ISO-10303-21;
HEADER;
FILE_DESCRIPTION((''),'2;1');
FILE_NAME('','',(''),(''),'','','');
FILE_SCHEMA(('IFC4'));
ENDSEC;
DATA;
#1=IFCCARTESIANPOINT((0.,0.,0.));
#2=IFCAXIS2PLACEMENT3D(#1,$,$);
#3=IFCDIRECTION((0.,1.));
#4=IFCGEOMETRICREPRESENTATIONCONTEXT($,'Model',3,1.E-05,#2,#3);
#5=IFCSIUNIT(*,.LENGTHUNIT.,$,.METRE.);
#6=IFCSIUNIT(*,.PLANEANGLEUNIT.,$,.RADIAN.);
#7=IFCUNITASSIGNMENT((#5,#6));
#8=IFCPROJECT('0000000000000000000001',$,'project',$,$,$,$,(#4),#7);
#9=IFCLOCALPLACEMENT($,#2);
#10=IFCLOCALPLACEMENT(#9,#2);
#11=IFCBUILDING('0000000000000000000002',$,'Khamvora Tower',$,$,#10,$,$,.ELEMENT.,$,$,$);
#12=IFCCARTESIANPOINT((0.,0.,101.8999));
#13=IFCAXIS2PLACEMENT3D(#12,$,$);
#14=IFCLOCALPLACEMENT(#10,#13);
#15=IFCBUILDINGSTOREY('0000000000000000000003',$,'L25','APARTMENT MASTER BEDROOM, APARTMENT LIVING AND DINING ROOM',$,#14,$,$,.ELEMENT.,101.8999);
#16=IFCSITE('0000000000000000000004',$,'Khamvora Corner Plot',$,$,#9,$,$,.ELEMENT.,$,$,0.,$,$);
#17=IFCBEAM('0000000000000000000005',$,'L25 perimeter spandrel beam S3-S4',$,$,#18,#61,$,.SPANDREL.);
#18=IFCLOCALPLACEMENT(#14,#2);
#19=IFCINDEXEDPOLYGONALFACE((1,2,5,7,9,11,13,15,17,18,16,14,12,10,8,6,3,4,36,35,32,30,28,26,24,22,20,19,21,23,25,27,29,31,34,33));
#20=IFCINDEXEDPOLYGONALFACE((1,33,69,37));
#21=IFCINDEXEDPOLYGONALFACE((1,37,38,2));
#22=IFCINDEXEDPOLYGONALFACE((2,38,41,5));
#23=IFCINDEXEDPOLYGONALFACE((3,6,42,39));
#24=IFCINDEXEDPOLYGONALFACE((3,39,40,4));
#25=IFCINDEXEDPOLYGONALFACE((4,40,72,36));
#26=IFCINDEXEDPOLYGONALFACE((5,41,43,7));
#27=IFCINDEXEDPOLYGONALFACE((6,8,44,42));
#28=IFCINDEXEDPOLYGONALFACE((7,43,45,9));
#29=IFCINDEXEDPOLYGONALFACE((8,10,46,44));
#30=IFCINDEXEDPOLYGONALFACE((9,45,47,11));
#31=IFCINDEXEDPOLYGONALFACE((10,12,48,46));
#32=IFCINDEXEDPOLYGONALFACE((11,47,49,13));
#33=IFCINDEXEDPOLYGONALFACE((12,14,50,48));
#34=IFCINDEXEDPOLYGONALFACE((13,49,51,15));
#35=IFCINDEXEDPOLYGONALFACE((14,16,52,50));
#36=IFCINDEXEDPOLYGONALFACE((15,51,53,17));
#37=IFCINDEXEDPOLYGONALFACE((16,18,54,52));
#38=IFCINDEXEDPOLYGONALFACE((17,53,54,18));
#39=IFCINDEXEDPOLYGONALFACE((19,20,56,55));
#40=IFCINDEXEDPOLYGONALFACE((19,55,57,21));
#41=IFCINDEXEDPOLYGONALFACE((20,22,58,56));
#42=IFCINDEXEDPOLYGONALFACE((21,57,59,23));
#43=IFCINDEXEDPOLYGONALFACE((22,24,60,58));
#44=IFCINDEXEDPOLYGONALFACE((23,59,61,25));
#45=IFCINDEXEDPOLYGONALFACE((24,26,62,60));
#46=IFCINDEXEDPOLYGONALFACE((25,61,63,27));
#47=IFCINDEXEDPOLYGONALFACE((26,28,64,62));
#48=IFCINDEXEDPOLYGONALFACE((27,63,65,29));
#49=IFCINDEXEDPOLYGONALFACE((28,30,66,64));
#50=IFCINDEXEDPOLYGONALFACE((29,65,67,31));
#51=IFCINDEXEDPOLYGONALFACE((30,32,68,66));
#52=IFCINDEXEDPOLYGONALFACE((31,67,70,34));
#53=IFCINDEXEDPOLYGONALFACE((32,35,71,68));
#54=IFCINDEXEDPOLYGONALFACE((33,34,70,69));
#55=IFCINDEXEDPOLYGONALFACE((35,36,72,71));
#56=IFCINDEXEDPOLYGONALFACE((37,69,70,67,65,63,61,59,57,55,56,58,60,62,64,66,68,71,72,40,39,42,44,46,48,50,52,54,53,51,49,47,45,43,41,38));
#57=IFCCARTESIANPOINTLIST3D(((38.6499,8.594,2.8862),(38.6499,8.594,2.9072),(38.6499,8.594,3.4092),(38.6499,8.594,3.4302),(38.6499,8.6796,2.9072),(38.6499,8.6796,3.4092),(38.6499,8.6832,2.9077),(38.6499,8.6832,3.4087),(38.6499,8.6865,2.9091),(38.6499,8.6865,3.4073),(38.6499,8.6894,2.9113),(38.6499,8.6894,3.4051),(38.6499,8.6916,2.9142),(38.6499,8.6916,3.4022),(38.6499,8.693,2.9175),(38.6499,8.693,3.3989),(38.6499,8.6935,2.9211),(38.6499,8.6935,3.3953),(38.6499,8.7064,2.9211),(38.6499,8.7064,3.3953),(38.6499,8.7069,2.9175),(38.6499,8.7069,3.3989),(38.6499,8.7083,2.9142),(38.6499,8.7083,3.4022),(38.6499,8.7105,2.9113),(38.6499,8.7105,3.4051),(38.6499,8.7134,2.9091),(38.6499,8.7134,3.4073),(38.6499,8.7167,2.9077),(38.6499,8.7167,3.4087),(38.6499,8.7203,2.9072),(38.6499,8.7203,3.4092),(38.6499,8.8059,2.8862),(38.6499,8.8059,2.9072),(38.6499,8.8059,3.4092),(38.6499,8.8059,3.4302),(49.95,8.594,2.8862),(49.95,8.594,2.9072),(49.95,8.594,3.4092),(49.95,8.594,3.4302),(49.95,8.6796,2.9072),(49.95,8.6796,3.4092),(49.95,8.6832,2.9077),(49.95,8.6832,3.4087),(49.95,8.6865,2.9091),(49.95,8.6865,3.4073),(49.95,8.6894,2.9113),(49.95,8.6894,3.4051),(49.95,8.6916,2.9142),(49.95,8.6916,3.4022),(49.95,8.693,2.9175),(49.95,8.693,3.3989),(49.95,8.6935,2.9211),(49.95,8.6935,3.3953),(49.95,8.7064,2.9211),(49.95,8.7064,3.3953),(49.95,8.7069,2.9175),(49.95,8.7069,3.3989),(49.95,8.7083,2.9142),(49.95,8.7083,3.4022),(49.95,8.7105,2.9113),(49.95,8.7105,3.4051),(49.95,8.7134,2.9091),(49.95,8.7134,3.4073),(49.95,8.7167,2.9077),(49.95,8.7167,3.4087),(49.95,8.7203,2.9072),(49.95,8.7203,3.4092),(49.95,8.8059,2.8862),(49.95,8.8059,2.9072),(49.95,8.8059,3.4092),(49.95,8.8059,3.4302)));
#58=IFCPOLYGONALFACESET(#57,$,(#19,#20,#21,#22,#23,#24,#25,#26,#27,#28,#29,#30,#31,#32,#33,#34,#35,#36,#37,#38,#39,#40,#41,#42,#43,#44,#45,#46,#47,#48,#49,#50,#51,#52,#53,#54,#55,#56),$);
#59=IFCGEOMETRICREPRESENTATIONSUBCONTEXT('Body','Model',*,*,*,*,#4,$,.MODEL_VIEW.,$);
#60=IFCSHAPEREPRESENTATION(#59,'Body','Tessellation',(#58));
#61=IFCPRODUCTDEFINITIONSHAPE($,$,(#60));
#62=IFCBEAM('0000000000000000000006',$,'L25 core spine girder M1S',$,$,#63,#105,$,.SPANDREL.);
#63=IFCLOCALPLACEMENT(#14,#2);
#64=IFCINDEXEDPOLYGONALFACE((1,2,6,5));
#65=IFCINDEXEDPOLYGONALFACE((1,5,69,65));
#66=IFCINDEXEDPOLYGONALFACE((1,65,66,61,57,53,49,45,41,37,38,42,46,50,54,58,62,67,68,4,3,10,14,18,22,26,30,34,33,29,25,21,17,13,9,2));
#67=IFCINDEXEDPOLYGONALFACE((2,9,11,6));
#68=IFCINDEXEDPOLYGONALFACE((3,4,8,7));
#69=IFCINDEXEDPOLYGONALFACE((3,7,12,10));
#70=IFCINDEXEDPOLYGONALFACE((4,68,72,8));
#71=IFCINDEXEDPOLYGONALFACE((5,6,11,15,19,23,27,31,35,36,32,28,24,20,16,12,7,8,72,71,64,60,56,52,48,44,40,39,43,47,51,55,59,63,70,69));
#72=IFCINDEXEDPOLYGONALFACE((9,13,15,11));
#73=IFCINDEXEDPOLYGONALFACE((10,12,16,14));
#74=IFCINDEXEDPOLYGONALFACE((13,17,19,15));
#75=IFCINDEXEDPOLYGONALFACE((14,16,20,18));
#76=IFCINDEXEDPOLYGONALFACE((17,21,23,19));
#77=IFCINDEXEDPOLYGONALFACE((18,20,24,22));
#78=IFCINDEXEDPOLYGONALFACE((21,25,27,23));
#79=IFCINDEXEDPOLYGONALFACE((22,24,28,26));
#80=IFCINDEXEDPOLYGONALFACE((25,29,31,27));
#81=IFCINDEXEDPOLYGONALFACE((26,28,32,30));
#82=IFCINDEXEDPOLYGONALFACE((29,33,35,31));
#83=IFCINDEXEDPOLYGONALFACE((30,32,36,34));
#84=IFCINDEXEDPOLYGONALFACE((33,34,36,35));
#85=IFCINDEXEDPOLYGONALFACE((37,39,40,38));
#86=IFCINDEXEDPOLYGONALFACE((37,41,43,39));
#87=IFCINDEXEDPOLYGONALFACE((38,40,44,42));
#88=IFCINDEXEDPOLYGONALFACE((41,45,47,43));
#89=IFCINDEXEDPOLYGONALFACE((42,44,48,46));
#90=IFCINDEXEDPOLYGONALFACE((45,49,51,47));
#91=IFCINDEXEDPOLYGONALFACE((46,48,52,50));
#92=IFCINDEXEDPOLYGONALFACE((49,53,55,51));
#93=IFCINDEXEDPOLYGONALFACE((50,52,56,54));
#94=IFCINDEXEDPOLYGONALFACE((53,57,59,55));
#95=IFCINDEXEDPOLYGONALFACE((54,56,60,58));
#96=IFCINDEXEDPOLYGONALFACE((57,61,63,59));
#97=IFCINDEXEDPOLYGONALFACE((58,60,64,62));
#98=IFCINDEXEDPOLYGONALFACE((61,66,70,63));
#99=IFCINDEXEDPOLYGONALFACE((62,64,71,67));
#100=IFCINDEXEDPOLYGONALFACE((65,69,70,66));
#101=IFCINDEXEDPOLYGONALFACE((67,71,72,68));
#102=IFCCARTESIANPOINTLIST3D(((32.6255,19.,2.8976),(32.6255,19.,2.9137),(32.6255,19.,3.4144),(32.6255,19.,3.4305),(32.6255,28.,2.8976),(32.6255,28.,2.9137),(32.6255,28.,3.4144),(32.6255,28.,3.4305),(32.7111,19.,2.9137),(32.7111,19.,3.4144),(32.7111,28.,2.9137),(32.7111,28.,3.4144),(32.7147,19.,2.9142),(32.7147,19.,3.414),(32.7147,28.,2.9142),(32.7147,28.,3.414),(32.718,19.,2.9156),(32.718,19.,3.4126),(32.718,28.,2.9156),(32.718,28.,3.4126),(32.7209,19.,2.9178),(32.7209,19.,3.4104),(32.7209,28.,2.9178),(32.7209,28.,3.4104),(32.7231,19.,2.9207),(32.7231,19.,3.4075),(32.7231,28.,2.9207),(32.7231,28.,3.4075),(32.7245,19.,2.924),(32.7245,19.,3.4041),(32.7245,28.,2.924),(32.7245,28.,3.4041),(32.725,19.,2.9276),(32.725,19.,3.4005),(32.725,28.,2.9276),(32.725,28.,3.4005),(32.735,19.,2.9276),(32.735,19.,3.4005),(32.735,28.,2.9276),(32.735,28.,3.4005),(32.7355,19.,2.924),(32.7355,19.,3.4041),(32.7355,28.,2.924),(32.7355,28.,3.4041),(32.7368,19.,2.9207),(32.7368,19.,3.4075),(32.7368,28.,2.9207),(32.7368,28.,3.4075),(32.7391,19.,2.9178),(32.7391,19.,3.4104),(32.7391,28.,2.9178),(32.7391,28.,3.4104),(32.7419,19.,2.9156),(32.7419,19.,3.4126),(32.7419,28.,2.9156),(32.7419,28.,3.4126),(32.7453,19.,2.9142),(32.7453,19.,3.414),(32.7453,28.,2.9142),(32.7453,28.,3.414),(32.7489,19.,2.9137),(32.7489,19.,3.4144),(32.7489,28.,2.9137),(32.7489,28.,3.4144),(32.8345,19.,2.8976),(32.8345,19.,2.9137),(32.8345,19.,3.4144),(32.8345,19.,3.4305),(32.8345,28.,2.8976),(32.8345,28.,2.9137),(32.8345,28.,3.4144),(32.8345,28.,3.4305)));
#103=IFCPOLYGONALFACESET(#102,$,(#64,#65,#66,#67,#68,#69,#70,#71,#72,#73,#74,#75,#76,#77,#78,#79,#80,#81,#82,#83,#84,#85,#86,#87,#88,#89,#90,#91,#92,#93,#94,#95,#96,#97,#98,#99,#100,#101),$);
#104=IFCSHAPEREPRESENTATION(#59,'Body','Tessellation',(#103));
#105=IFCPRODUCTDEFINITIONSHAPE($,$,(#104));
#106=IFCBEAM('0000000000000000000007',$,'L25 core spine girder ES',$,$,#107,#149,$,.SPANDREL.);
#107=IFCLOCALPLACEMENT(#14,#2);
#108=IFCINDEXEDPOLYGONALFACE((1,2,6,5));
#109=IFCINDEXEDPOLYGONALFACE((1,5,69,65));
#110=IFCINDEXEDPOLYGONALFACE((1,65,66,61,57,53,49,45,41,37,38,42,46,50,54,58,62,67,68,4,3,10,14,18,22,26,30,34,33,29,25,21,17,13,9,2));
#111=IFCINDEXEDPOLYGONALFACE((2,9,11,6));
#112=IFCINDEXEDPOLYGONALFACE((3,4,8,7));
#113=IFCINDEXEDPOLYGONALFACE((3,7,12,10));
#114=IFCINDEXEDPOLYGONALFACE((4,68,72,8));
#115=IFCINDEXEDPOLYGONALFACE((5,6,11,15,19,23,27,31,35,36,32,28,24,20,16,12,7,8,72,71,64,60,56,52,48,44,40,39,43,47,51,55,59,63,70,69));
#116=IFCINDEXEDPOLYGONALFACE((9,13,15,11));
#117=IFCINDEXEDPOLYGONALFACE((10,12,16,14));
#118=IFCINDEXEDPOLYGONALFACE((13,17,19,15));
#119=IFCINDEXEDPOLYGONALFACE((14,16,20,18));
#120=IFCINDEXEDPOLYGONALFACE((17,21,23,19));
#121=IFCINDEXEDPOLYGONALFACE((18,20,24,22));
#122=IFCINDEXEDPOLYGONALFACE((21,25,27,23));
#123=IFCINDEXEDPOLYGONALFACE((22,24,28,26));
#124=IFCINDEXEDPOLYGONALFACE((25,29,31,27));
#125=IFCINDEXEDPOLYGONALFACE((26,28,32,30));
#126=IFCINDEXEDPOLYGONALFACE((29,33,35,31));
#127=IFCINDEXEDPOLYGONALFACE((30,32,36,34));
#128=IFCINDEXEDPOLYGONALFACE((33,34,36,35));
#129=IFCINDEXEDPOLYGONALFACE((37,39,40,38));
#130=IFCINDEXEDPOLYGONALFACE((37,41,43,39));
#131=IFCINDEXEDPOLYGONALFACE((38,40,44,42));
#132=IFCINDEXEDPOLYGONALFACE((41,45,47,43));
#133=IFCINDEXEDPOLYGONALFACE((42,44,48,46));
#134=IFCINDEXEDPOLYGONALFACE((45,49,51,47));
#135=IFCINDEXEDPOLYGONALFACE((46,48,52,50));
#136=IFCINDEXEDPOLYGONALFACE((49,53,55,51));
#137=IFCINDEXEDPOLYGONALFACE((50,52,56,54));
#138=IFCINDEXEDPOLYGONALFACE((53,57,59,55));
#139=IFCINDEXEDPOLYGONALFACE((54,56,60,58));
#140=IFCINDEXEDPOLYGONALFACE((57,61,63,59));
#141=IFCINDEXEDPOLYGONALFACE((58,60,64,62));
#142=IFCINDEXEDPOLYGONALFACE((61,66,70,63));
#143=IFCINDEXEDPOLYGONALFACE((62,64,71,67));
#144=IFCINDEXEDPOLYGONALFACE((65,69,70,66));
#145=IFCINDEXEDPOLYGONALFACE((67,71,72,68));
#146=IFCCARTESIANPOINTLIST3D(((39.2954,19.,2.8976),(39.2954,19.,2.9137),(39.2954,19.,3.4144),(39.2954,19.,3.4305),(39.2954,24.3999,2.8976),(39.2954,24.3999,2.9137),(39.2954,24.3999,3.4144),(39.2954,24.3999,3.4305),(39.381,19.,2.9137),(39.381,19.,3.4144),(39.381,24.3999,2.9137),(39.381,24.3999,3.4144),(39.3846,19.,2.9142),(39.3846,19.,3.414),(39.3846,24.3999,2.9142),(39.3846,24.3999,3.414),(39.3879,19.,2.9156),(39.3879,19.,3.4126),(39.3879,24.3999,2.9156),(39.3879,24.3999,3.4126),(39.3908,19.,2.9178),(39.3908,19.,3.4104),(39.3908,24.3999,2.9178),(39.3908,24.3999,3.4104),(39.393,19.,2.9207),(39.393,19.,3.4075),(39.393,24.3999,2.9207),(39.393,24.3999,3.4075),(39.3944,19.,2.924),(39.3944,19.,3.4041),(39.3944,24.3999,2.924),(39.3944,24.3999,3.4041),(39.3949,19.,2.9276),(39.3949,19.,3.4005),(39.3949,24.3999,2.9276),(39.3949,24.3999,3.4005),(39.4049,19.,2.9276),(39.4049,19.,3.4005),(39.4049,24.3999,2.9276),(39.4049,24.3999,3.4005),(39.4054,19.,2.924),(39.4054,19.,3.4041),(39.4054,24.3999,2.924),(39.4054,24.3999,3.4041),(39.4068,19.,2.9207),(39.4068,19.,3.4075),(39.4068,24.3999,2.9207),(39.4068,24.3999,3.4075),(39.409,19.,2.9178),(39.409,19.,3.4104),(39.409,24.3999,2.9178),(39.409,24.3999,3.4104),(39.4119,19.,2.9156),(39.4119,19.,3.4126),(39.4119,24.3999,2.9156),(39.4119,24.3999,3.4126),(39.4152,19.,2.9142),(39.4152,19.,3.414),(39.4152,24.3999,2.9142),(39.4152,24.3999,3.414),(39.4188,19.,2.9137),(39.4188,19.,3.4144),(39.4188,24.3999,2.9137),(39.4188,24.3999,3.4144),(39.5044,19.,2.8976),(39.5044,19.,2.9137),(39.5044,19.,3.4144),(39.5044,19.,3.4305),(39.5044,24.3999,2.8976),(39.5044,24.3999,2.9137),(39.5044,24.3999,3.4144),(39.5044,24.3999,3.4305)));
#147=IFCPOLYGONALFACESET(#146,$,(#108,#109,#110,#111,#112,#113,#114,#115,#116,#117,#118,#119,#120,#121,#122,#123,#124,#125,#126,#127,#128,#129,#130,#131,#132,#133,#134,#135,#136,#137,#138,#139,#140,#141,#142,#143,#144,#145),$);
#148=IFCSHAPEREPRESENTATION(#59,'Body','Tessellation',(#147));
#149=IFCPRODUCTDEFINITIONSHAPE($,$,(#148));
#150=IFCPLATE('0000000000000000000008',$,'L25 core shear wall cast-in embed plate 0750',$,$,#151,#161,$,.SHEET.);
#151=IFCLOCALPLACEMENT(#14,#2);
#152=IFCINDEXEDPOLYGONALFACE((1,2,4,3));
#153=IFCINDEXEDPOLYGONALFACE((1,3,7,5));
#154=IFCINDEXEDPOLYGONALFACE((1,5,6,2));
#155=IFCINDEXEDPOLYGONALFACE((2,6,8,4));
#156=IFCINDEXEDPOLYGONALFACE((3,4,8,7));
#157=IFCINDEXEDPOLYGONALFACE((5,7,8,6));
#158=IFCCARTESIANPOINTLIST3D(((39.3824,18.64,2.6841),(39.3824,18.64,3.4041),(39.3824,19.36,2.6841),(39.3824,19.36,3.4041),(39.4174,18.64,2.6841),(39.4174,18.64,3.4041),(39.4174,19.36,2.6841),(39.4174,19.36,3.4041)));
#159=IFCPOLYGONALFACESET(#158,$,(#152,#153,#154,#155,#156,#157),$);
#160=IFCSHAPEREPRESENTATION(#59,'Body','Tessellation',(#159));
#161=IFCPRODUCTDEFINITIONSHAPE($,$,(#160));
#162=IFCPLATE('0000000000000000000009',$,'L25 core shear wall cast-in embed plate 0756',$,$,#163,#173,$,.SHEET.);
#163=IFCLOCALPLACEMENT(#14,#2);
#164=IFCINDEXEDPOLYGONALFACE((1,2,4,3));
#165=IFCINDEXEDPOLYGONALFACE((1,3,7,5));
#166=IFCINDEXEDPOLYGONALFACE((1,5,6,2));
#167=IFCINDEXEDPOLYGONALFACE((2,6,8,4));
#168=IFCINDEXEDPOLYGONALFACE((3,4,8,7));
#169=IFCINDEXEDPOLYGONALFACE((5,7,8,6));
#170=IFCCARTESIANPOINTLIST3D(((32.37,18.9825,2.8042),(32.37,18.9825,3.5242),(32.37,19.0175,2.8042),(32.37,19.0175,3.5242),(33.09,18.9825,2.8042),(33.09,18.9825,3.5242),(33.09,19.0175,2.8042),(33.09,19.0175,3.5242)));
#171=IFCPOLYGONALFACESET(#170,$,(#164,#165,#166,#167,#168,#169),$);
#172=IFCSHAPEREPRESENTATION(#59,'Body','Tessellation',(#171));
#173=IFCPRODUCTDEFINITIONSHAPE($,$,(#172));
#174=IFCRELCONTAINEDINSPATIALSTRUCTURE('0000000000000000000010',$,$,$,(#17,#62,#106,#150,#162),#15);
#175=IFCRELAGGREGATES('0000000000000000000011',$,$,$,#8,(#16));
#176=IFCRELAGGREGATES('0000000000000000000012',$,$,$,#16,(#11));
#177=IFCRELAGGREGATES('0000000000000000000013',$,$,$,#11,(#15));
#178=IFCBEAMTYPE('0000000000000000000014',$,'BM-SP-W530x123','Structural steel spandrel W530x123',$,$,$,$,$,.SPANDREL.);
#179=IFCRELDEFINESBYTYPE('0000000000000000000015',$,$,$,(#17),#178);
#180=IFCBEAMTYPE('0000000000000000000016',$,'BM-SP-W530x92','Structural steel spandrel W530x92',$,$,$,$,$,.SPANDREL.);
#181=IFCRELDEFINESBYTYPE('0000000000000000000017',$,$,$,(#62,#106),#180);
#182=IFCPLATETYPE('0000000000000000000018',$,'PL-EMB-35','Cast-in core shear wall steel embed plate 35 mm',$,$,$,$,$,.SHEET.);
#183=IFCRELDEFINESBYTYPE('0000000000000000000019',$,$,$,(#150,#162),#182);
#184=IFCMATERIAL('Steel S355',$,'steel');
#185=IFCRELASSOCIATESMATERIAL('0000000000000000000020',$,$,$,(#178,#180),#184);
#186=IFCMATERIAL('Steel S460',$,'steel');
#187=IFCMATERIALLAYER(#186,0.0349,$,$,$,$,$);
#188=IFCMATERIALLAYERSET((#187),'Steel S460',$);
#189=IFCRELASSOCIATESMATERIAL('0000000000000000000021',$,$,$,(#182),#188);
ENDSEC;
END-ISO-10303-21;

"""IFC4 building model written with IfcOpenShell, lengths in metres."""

from ifc_helpers import new_model, si_unit, direction, frame, origin, origin_2d, place, context, subcontext, project, spatial, rectangle, i_section, extrude, material, layer, layer_set, material_profile, profile_set, type_object, element, save


model = new_model("IFC4")

# Units and contexts
model_context = context("Model", 3, precision=1e-05, world=origin(), true_north=direction((0.0, 1.0)))
body_context = subcontext(model_context, "Body", "Model", "MODEL_VIEW")
ifc_project = project(units=[si_unit("LENGTHUNIT", "METRE"), si_unit("PLANEANGLEUNIT", "RADIAN")], contexts=[model_context])

# Site, building, storey
site_placement = place(None, origin())
site = spatial("IfcSite", under=ifc_project, at=site_placement, Name="Khamvora Corner Plot", CompositionType="ELEMENT", RefElevation=0.0)
building_placement = place(site_placement, origin())
building = spatial("IfcBuilding", under=site, at=building_placement, Name="Khamvora Tower", CompositionType="ELEMENT")
storey_placement = place(building_placement, frame((0.0, 0.0, 101.8999)))
storey = spatial("IfcBuildingStorey", under=building, at=storey_placement, Name="L25", Description="APARTMENT MASTER BEDROOM, APARTMENT LIVING AND DINING ROOM", CompositionType="ELEMENT", Elevation=101.8999)

# Shared definitions
ifc_material_1 = material(Name="Steel S355", Category="steel")
ifc_material_2 = material(Name="Steel S460", Category="steel")

# Beams
ifc_material_profile_1 = material_profile(ifc_material_1, i_section(OverallWidth=0.2119, OverallDepth=0.5439, WebThickness=0.0129, FlangeThickness=0.021, FilletRadius=0.0139, at=origin_2d()), Name="W530x123")
ifc_profile_set_1 = profile_set([ifc_material_profile_1], Name="Steel S355")
beam_type_1 = type_object("IfcBeamType", Name="BM-SP-W530x123", Description="Structural steel spandrel W530x123", PredefinedType="SPANDREL", material=ifc_profile_set_1)
beam_1_placement = place(storey_placement, frame((38.6499, 8.7, 3.1582), z_axis=(1.0, 0.0, 0.0), x_axis=(0.0, 1.0, 0.0)))
element("IfcBeam", 1, at=beam_1_placement, inside=storey, type_object=beam_type_1, Name="L25 perimeter spandrel beam S3-S4", PredefinedType="SPANDREL", context=body_context, shape_type="SweptSolid", body=[
    extrude(i_section(OverallWidth=0.2119, OverallDepth=0.5439, WebThickness=0.0129, FlangeThickness=0.021, FilletRadius=0.0139, at=origin_2d()), origin(), (0.0, 0.0, 1.0), 11.3),
])
ifc_material_profile_2 = material_profile(ifc_material_1, i_section(OverallWidth=0.209, OverallDepth=0.533, WebThickness=0.01, FlangeThickness=0.0161, FilletRadius=0.0139, at=origin_2d()), Name="W530x92")
ifc_profile_set_2 = profile_set([ifc_material_profile_2], Name="Steel S355")
beam_type_2 = type_object("IfcBeamType", Name="BM-SP-W530x92", Description="Structural steel spandrel W530x92", PredefinedType="SPANDREL", material=ifc_profile_set_2)
beam_2_placement = place(storey_placement, frame((32.73, 19.0, 3.1641), z_axis=(0.0, 1.0, 0.0), x_axis=(-1.0, 0.0, 0.0)))
element("IfcBeam", 2, at=beam_2_placement, inside=storey, type_object=beam_type_2, Name="L25 core spine girder M1S", PredefinedType="SPANDREL", context=body_context, shape_type="SweptSolid", body=[
    extrude(i_section(OverallWidth=0.209, OverallDepth=0.533, WebThickness=0.01, FlangeThickness=0.0161, FilletRadius=0.0139, at=origin_2d()), origin(), (0.0, 0.0, 1.0), 9.0),
])
beam_3_placement = place(storey_placement, frame((39.3999, 19.0, 3.1641), z_axis=(0.0, 1.0, 0.0), x_axis=(-1.0, 0.0, 0.0)))
element("IfcBeam", 3, at=beam_3_placement, inside=storey, type_object=beam_type_2, Name="L25 core spine girder ES", PredefinedType="SPANDREL", context=body_context, shape_type="SweptSolid", body=[
    extrude(i_section(OverallWidth=0.209, OverallDepth=0.533, WebThickness=0.01, FlangeThickness=0.0161, FilletRadius=0.0139, at=origin_2d()), origin(), (0.0, 0.0, 1.0), 5.3999),
])

# Plates
ifc_layer_1 = layer(ifc_material_2, 0.0349)
ifc_layer_set_1 = layer_set([ifc_layer_1], Name="Steel S460")
plate_type = type_object("IfcPlateType", Name="PL-EMB-35", Description="Cast-in core shear wall steel embed plate 35 mm", PredefinedType="SHEET", material=ifc_layer_set_1)
plate_1_placement = place(storey_placement, frame((39.3999, 19.0, 2.6841), z_axis=(0.0, 0.0, 1.0), x_axis=(1.0, 0.0, 0.0)))
element("IfcPlate", 4, at=plate_1_placement, inside=storey, type_object=plate_type, Name="L25 core shear wall cast-in embed plate 0750", PredefinedType="SHEET", context=body_context, shape_type="SweptSolid", body=[
    extrude(rectangle(XDim=0.0349, YDim=0.72, at=origin_2d()), origin(), (0.0, 0.0, 1.0), 0.72),
])
plate_2_placement = place(storey_placement, frame((32.73, 19.0, 2.8042), z_axis=(0.0, 0.0, 1.0), x_axis=(1.0, 0.0, 0.0)))
element("IfcPlate", 5, at=plate_2_placement, inside=storey, type_object=plate_type, Name="L25 core shear wall cast-in embed plate 0756", PredefinedType="SHEET", context=body_context, shape_type="SweptSolid", body=[
    extrude(rectangle(XDim=0.72, YDim=0.0349, at=origin_2d()), origin(), (0.0, 0.0, 1.0), 0.72),
])

save(model, "model.ifc")
